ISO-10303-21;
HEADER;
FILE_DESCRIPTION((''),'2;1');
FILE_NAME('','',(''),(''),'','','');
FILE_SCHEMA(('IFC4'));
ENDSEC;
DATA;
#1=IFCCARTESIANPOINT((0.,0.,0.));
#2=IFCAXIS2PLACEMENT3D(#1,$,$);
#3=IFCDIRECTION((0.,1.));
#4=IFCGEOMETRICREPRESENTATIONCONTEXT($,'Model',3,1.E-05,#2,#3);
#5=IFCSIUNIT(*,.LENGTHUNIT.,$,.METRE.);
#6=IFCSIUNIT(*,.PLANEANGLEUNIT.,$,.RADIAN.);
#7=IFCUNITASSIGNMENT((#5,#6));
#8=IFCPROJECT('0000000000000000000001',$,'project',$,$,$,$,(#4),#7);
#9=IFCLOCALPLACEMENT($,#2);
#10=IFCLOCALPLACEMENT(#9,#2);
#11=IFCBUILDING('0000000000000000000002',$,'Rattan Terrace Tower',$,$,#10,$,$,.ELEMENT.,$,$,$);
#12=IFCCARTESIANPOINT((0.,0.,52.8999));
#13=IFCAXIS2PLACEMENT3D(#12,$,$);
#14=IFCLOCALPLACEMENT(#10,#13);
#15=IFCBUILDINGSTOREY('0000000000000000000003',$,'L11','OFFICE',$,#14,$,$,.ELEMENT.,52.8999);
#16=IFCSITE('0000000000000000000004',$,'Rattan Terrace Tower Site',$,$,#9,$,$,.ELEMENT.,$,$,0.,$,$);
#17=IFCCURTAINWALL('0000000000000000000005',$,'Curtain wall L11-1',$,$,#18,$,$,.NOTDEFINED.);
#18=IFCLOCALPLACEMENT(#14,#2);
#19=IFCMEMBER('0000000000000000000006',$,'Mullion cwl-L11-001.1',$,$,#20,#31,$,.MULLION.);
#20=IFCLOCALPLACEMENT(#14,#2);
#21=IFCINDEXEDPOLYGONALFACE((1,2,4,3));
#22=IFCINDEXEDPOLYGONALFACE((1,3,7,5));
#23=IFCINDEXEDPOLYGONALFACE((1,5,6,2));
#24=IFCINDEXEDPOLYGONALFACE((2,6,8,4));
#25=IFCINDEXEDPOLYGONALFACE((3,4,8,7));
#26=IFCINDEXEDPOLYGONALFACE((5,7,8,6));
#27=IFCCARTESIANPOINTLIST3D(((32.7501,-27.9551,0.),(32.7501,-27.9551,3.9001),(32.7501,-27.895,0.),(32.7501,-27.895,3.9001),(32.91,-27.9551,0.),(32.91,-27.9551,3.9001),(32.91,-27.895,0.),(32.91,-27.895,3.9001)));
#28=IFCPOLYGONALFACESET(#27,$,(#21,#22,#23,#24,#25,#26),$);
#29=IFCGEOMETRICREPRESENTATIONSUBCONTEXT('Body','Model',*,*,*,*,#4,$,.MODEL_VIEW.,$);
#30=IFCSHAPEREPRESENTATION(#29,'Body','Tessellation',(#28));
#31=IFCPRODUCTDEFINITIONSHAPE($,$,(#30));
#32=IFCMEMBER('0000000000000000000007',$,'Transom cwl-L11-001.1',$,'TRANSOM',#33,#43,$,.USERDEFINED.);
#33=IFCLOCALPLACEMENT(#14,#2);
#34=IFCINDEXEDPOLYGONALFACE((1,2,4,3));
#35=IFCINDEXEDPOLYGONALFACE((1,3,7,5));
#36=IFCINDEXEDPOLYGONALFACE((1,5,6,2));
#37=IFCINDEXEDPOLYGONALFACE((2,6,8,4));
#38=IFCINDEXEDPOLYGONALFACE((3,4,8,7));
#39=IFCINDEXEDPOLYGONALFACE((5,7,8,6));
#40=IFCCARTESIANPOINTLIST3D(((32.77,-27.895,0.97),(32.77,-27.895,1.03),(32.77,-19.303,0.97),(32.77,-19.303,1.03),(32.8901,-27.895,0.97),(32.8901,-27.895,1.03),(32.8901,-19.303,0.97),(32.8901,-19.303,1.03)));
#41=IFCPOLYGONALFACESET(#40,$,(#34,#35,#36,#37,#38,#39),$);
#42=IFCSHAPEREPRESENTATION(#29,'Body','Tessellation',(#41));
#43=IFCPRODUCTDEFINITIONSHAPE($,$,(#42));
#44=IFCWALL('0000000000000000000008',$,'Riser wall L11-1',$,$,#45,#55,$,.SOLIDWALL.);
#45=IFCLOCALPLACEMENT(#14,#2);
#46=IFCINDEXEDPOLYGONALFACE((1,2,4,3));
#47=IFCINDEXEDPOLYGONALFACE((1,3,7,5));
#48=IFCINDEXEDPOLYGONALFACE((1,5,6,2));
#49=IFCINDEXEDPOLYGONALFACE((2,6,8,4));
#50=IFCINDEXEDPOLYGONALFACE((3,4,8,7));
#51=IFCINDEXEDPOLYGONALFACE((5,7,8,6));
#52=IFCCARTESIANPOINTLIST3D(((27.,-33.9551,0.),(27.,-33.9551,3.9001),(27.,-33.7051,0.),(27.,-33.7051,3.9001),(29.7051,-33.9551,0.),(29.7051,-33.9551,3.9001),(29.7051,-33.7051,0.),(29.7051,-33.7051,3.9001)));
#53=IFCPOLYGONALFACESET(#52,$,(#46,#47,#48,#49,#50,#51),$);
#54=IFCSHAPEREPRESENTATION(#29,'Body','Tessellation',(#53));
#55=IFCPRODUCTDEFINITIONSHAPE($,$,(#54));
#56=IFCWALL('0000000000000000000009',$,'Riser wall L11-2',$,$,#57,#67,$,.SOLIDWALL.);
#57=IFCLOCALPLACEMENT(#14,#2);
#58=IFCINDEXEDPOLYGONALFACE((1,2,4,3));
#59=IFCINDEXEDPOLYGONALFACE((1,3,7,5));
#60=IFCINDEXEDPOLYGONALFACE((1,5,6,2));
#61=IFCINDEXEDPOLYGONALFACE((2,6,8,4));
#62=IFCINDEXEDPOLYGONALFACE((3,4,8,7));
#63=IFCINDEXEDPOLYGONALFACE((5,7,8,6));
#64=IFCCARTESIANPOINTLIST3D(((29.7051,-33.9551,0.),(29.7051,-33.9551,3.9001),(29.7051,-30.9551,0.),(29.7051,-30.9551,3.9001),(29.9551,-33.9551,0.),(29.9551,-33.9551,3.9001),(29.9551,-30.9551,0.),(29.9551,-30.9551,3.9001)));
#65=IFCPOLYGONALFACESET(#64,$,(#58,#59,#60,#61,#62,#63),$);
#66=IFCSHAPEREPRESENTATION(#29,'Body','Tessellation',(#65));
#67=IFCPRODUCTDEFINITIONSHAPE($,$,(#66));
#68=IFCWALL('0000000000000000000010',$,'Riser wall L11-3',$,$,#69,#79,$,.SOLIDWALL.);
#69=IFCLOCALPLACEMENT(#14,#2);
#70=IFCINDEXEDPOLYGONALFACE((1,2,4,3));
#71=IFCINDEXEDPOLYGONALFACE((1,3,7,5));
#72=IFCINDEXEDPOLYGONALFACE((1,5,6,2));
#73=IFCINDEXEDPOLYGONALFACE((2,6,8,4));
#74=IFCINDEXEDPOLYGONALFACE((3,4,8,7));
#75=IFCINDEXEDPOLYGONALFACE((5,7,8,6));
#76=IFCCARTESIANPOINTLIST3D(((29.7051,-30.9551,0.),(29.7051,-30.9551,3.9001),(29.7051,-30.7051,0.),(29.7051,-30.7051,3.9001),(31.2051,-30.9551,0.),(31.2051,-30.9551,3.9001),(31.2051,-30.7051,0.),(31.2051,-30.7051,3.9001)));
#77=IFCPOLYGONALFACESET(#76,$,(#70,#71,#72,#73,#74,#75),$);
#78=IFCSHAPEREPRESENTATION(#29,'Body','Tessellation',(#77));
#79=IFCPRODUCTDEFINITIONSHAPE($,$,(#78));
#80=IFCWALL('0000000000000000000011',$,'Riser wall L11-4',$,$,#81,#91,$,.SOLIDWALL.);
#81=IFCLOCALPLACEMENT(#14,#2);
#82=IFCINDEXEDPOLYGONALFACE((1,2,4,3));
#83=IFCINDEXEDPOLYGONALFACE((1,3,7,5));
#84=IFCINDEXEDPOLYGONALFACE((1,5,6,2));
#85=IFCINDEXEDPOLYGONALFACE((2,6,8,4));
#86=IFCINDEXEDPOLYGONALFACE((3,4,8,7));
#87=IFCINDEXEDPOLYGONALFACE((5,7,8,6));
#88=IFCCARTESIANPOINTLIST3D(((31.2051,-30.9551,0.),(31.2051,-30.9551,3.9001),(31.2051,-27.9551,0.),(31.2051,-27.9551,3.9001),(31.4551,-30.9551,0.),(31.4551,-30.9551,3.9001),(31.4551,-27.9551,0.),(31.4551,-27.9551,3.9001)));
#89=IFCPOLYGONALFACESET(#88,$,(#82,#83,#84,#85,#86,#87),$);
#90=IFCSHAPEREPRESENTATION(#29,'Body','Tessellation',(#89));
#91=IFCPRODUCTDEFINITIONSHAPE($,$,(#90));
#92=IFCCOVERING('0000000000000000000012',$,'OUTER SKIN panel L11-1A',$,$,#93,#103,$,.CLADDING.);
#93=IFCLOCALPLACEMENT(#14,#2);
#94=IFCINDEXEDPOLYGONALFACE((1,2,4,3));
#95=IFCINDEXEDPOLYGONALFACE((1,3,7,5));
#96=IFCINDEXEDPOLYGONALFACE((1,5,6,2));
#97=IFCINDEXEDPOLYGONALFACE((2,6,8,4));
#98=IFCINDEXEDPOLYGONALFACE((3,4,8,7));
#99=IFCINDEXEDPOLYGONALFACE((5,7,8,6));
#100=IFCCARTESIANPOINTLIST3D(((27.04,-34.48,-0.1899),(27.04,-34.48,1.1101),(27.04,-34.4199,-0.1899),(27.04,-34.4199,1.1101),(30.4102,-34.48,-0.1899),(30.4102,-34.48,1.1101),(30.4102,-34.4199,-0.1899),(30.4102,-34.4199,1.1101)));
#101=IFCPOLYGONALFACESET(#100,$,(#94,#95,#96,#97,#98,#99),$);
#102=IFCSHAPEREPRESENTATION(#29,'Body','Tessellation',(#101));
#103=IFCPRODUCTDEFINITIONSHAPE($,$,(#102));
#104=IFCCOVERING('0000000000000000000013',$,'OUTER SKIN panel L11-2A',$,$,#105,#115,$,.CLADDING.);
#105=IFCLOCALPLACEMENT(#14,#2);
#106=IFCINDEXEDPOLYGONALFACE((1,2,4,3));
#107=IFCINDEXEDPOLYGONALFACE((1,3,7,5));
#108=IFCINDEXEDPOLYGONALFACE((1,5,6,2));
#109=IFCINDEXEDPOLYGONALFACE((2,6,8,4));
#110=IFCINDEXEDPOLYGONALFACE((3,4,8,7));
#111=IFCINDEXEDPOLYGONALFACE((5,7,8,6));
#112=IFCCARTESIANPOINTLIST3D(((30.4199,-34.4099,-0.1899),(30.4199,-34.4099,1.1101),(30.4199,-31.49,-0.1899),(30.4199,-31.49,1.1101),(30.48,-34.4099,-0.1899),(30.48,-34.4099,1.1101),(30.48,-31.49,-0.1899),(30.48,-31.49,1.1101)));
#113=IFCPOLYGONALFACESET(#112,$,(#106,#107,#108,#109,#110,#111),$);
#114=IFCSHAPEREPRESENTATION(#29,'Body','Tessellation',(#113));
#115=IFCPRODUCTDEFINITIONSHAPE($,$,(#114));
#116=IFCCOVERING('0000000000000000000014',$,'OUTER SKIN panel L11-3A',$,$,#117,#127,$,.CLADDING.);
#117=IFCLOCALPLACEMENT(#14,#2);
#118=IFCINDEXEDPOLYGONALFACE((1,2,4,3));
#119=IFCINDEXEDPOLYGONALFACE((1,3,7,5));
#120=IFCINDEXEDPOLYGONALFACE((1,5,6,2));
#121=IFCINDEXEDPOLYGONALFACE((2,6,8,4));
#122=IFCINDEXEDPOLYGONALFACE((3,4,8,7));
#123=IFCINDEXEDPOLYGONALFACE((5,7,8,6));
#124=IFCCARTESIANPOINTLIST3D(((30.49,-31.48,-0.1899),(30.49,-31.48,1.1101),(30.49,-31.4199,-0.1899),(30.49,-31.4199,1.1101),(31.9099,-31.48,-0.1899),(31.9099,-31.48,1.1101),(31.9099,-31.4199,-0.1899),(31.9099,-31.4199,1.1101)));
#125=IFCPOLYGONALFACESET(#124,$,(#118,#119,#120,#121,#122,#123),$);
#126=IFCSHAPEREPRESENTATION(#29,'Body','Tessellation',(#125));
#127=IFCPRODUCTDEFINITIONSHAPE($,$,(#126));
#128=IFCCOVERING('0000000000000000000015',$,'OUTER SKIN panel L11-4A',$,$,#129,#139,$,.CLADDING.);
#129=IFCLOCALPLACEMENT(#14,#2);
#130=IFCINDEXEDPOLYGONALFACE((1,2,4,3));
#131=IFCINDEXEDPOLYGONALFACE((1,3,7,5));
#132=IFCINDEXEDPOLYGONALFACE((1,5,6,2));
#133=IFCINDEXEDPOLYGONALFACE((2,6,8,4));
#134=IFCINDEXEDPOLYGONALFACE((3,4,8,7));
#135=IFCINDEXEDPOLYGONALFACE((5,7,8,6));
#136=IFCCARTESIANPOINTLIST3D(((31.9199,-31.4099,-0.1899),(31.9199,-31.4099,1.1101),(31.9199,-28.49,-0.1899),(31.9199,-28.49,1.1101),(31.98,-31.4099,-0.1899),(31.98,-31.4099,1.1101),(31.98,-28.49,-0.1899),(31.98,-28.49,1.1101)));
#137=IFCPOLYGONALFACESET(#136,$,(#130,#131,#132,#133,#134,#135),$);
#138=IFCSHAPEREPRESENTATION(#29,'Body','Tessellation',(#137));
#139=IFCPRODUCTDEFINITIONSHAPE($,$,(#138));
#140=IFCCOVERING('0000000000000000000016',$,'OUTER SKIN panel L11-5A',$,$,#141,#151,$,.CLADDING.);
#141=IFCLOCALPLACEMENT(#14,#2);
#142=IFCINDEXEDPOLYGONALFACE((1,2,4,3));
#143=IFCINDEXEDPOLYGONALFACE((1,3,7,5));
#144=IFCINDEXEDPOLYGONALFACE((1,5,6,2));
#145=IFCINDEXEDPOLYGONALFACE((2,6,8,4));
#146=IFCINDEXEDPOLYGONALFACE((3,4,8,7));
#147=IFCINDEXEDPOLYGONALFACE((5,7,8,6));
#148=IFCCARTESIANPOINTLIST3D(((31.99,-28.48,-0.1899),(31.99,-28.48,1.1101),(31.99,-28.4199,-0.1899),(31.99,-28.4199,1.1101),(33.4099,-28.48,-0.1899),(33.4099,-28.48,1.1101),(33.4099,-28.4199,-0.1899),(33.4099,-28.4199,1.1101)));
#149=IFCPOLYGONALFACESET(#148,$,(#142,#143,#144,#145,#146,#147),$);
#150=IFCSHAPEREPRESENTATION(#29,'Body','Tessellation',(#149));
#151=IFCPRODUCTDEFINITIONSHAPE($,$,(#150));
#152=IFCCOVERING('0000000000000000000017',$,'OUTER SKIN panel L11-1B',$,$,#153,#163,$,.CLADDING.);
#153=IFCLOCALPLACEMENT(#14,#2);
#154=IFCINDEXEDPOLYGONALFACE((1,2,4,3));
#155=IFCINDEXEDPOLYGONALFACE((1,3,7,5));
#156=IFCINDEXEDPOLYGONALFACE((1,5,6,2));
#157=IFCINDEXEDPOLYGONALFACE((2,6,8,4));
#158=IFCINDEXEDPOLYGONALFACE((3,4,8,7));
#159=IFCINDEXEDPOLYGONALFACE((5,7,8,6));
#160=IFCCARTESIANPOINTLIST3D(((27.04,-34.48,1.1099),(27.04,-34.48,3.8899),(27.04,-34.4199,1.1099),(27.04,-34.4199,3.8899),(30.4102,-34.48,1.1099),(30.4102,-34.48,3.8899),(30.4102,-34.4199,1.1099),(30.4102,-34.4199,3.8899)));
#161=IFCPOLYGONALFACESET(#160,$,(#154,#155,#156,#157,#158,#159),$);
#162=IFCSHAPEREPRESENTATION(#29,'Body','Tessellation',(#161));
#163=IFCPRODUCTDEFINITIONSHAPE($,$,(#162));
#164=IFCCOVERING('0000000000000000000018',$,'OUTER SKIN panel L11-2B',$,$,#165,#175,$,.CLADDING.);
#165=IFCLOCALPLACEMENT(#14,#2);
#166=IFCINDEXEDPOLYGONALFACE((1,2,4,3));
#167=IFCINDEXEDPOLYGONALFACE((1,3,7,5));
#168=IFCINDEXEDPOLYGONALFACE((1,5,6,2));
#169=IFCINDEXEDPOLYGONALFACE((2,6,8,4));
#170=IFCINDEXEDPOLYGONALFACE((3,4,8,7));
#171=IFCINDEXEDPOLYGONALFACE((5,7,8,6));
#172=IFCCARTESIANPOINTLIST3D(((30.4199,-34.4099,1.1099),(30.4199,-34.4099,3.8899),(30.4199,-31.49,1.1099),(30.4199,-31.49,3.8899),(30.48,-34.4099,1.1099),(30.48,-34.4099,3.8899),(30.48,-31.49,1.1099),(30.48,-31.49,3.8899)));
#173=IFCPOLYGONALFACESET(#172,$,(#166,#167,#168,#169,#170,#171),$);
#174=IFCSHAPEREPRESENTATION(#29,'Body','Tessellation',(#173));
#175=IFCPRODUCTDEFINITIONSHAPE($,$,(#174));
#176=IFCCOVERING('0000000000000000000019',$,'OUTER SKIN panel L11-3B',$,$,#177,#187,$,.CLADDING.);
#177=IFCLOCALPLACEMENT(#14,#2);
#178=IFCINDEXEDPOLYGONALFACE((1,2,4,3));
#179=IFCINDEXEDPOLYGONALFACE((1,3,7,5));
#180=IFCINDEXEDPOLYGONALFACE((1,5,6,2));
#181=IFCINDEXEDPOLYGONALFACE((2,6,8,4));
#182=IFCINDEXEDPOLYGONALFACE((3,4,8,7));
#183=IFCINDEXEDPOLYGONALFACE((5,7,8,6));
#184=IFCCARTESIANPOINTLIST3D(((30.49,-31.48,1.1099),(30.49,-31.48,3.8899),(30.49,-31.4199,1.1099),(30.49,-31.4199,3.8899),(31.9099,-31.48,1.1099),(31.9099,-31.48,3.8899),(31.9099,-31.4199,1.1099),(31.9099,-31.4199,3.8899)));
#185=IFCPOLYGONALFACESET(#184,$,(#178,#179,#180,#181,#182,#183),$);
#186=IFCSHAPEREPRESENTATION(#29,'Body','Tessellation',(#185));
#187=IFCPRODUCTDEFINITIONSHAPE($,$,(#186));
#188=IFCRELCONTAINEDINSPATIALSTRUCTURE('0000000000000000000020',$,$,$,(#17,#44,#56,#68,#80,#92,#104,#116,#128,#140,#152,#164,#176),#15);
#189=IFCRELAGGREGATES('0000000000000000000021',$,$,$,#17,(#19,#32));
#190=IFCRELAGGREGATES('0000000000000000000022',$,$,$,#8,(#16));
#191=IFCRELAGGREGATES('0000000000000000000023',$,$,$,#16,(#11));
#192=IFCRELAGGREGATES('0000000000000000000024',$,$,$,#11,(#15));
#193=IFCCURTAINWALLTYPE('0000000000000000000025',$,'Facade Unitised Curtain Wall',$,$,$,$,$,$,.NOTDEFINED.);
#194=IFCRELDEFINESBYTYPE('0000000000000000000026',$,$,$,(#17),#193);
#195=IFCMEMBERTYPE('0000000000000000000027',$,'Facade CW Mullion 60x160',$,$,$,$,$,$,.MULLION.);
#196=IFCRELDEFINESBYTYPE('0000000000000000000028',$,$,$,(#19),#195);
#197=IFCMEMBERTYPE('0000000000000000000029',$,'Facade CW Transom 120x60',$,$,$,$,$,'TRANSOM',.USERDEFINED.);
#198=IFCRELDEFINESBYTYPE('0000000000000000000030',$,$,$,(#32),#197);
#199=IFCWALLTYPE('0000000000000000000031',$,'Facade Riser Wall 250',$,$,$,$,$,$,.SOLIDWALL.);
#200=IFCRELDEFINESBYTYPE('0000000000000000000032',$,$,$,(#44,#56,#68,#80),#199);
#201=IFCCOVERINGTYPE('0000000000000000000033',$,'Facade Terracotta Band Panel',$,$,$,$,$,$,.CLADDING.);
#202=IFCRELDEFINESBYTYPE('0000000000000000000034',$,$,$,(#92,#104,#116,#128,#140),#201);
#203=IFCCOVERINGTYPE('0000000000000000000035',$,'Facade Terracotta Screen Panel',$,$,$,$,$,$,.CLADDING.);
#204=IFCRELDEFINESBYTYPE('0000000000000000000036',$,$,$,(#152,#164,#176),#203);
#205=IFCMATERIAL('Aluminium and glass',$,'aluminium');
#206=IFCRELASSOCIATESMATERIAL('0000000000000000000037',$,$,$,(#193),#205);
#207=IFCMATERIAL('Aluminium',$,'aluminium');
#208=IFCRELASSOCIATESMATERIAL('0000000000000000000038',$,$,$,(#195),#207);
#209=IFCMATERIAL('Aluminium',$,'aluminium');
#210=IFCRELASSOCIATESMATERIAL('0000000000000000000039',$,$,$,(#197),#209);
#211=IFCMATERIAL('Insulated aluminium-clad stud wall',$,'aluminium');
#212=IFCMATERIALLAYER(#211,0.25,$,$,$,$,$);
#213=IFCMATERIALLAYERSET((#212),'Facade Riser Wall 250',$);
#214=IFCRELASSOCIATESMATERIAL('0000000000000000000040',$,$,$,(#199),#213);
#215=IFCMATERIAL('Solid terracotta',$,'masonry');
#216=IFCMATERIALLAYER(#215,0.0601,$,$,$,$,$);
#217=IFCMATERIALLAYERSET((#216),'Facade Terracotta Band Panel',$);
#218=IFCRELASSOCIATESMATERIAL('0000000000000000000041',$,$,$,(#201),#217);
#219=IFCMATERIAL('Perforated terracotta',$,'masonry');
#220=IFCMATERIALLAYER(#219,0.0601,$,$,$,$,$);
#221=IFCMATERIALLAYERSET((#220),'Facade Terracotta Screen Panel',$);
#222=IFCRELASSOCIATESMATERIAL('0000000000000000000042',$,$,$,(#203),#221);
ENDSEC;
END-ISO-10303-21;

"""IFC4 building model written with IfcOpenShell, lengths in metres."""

from ifc_helpers import new_model, si_unit, direction, frame, frame_2d, origin, origin_2d, place, context, subcontext, project, spatial, rectangle, extrude, material, layer, layer_set, material_profile, profile_set, type_object, element, aggregate, save


model = new_model("IFC4")

# Units and contexts
model_context = context("Model", 3, precision=1e-05, world=origin(), true_north=direction((0.0, 1.0)))
body_context = subcontext(model_context, "Body", "Model", "MODEL_VIEW")
ifc_project = project(units=[si_unit("LENGTHUNIT", "METRE"), si_unit("PLANEANGLEUNIT", "RADIAN")], contexts=[model_context])

# Site, building, storey
site_placement = place(None, origin())
site = spatial("IfcSite", under=ifc_project, at=site_placement, Name="Rattan Terrace Tower Site", CompositionType="ELEMENT", RefElevation=0.0)
building_placement = place(site_placement, origin())
building = spatial("IfcBuilding", under=site, at=building_placement, Name="Rattan Terrace Tower", CompositionType="ELEMENT")
storey_placement = place(building_placement, frame((0.0, 0.0, 52.8999)))
storey = spatial("IfcBuildingStorey", under=building, at=storey_placement, Name="L11", Description="OFFICE", CompositionType="ELEMENT", Elevation=52.8999)

# Curtain wall, members
ifc_material_1 = material(Name="Aluminium and glass", Category="aluminium")
curtain_wall_type = type_object("IfcCurtainWallType", Name="Facade Unitised Curtain Wall", PredefinedType="NOTDEFINED", material=ifc_material_1)
curtain_wall_placement = place(storey_placement, origin())
curtain_wall = element("IfcCurtainWall", 1, at=curtain_wall_placement, inside=storey, type_object=curtain_wall_type, Name="Curtain wall L11-1", PredefinedType="NOTDEFINED")
ifc_material_2 = material(Name="Aluminium", Category="aluminium")
ifc_material_profile_1 = material_profile(ifc_material_2, rectangle(XDim=0.0601, YDim=0.1599, at=origin_2d()), Name="Aluminium 60x160")
ifc_profile_set_1 = profile_set([ifc_material_profile_1], Name="Aluminium")
member_type_1 = type_object("IfcMemberType", Name="Facade CW Mullion 60x160", PredefinedType="MULLION", material=ifc_profile_set_1)
member_1_placement = place(storey_placement, frame((32.8301, -27.925, 0.0), z_axis=(0.0, 0.0, 1.0), x_axis=(0.0, 1.0, 0.0)))
member_1 = element("IfcMember", 2, at=member_1_placement, type_object=member_type_1, Name="Mullion cwl-L11-001.1", PredefinedType="MULLION", context=body_context, shape_type="SweptSolid", body=[
    extrude(rectangle(XDim=0.0601, YDim=0.1599, at=origin_2d()), origin(), (0.0, 0.0, 1.0), 3.9001),
])
ifc_material_3 = material(Name="Aluminium", Category="aluminium")
ifc_material_profile_2 = material_profile(ifc_material_3, rectangle(XDim=0.1201, YDim=0.0601, at=origin_2d()), Name="Aluminium 120x60")
ifc_profile_set_2 = profile_set([ifc_material_profile_2], Name="Aluminium")
member_type_2 = type_object("IfcMemberType", Name="Facade CW Transom 120x60", ElementType="TRANSOM", PredefinedType="USERDEFINED", material=ifc_profile_set_2)
member_2_placement = place(storey_placement, frame((32.8301, -27.895, 1.0), z_axis=(0.0, 1.0, 0.0), x_axis=(-1.0, 0.0, 0.0)))
member_2 = element("IfcMember", 3, at=member_2_placement, type_object=member_type_2, Name="Transom cwl-L11-001.1", ObjectType="TRANSOM", PredefinedType="USERDEFINED", context=body_context, shape_type="SweptSolid", body=[
    extrude(rectangle(XDim=0.1201, YDim=0.0601, at=origin_2d()), origin(), (0.0, 0.0, 1.0), 8.592),
])
aggregate(curtain_wall, [member_1, member_2])

# Walls
ifc_material_4 = material(Name="Insulated aluminium-clad stud wall", Category="aluminium")
ifc_layer_1 = layer(ifc_material_4, 0.25)
ifc_layer_set_1 = layer_set([ifc_layer_1], Name="Facade Riser Wall 250")
wall_type = type_object("IfcWallType", Name="Facade Riser Wall 250", PredefinedType="SOLIDWALL", material=ifc_layer_set_1)
wall_1_placement = place(storey_placement, frame((27.0, -33.8301, 0.0), z_axis=(0.0, 0.0, 1.0), x_axis=(1.0, 0.0, 0.0)))
element("IfcWall", 4, at=wall_1_placement, inside=storey, type_object=wall_type, Name="Riser wall L11-1", PredefinedType="SOLIDWALL", context=body_context, shape_type="SweptSolid", body=[
    extrude(rectangle(XDim=2.7051, YDim=0.25, at=frame_2d((1.3525, 0.0))), origin(), (0.0, 0.0, 1.0), 3.9001),
])
wall_2_placement = place(storey_placement, frame((29.8301, -33.9551, 0.0), z_axis=(0.0, 0.0, 1.0), x_axis=(0.0, 1.0, 0.0)))
element("IfcWall", 5, at=wall_2_placement, inside=storey, type_object=wall_type, Name="Riser wall L11-2", PredefinedType="SOLIDWALL", context=body_context, shape_type="SweptSolid", body=[
    extrude(rectangle(XDim=3.0, YDim=0.25, at=frame_2d((1.5, 0.0))), origin(), (0.0, 0.0, 1.0), 3.9001),
])
wall_3_placement = place(storey_placement, frame((29.7051, -30.8301, 0.0), z_axis=(0.0, 0.0, 1.0), x_axis=(1.0, 0.0, 0.0)))
element("IfcWall", 6, at=wall_3_placement, inside=storey, type_object=wall_type, Name="Riser wall L11-3", PredefinedType="SOLIDWALL", context=body_context, shape_type="SweptSolid", body=[
    extrude(rectangle(XDim=1.5, YDim=0.25, at=frame_2d((0.75, 0.0))), origin(), (0.0, 0.0, 1.0), 3.9001),
])
wall_4_placement = place(storey_placement, frame((31.3301, -30.9551, 0.0), z_axis=(0.0, 0.0, 1.0), x_axis=(0.0, 1.0, 0.0)))
element("IfcWall", 7, at=wall_4_placement, inside=storey, type_object=wall_type, Name="Riser wall L11-4", PredefinedType="SOLIDWALL", context=body_context, shape_type="SweptSolid", body=[
    extrude(rectangle(XDim=3.0, YDim=0.25, at=frame_2d((1.5, 0.0))), origin(), (0.0, 0.0, 1.0), 3.9001),
])

# Coverings
ifc_material_5 = material(Name="Solid terracotta", Category="masonry")
ifc_layer_2 = layer(ifc_material_5, 0.0601)
ifc_layer_set_2 = layer_set([ifc_layer_2], Name="Facade Terracotta Band Panel")
covering_type_1 = type_object("IfcCoveringType", Name="Facade Terracotta Band Panel", PredefinedType="CLADDING", material=ifc_layer_set_2)
covering_1_placement = place(storey_placement, frame((28.7251, -34.45, -0.1899), z_axis=(0.0, 0.0, 1.0), x_axis=(1.0, 0.0, 0.0)))
element("IfcCovering", 8, at=covering_1_placement, inside=storey, type_object=covering_type_1, Name="OUTER SKIN panel L11-1A", PredefinedType="CLADDING", context=body_context, shape_type="SweptSolid", body=[
    extrude(rectangle(XDim=3.3701, YDim=0.0601, at=origin_2d()), origin(), (0.0, 0.0, 1.0), 1.3),
])
covering_2_placement = place(storey_placement, frame((30.45, -32.95, -0.1899), z_axis=(0.0, 0.0, 1.0), x_axis=(0.0, 1.0, 0.0)))
element("IfcCovering", 9, at=covering_2_placement, inside=storey, type_object=covering_type_1, Name="OUTER SKIN panel L11-2A", PredefinedType="CLADDING", context=body_context, shape_type="SweptSolid", body=[
    extrude(rectangle(XDim=2.9199, YDim=0.0601, at=origin_2d()), origin(), (0.0, 0.0, 1.0), 1.3),
])
covering_3_placement = place(storey_placement, frame((31.2, -31.45, -0.1899), z_axis=(0.0, 0.0, 1.0), x_axis=(1.0, 0.0, 0.0)))
element("IfcCovering", 10, at=covering_3_placement, inside=storey, type_object=covering_type_1, Name="OUTER SKIN panel L11-3A", PredefinedType="CLADDING", context=body_context, shape_type="SweptSolid", body=[
    extrude(rectangle(XDim=1.4199, YDim=0.0601, at=origin_2d()), origin(), (0.0, 0.0, 1.0), 1.3),
])
covering_4_placement = place(storey_placement, frame((31.95, -29.95, -0.1899), z_axis=(0.0, 0.0, 1.0), x_axis=(0.0, 1.0, 0.0)))
element("IfcCovering", 11, at=covering_4_placement, inside=storey, type_object=covering_type_1, Name="OUTER SKIN panel L11-4A", PredefinedType="CLADDING", context=body_context, shape_type="SweptSolid", body=[
    extrude(rectangle(XDim=2.9199, YDim=0.0601, at=origin_2d()), origin(), (0.0, 0.0, 1.0), 1.3),
])
covering_5_placement = place(storey_placement, frame((32.7, -28.45, -0.1899), z_axis=(0.0, 0.0, 1.0), x_axis=(1.0, 0.0, 0.0)))
element("IfcCovering", 12, at=covering_5_placement, inside=storey, type_object=covering_type_1, Name="OUTER SKIN panel L11-5A", PredefinedType="CLADDING", context=body_context, shape_type="SweptSolid", body=[
    extrude(rectangle(XDim=1.4199, YDim=0.0601, at=origin_2d()), origin(), (0.0, 0.0, 1.0), 1.3),
])
ifc_material_6 = material(Name="Perforated terracotta", Category="masonry")
ifc_layer_3 = layer(ifc_material_6, 0.0601)
ifc_layer_set_3 = layer_set([ifc_layer_3], Name="Facade Terracotta Screen Panel")
covering_type_2 = type_object("IfcCoveringType", Name="Facade Terracotta Screen Panel", PredefinedType="CLADDING", material=ifc_layer_set_3)
covering_6_placement = place(storey_placement, frame((28.7251, -34.45, 1.1099), z_axis=(0.0, 0.0, 1.0), x_axis=(1.0, 0.0, 0.0)))
element("IfcCovering", 13, at=covering_6_placement, inside=storey, type_object=covering_type_2, Name="OUTER SKIN panel L11-1B", PredefinedType="CLADDING", context=body_context, shape_type="SweptSolid", body=[
    extrude(rectangle(XDim=3.3701, YDim=0.0601, at=origin_2d()), origin(), (0.0, 0.0, 1.0), 2.78),
])
covering_7_placement = place(storey_placement, frame((30.45, -32.95, 1.1099), z_axis=(0.0, 0.0, 1.0), x_axis=(0.0, 1.0, 0.0)))
element("IfcCovering", 14, at=covering_7_placement, inside=storey, type_object=covering_type_2, Name="OUTER SKIN panel L11-2B", PredefinedType="CLADDING", context=body_context, shape_type="SweptSolid", body=[
    extrude(rectangle(XDim=2.9199, YDim=0.0601, at=origin_2d()), origin(), (0.0, 0.0, 1.0), 2.78),
])
covering_8_placement = place(storey_placement, frame((31.2, -31.45, 1.1099), z_axis=(0.0, 0.0, 1.0), x_axis=(1.0, 0.0, 0.0)))
element("IfcCovering", 15, at=covering_8_placement, inside=storey, type_object=covering_type_2, Name="OUTER SKIN panel L11-3B", PredefinedType="CLADDING", context=body_context, shape_type="SweptSolid", body=[
    extrude(rectangle(XDim=1.4199, YDim=0.0601, at=origin_2d()), origin(), (0.0, 0.0, 1.0), 2.78),
])

save(model, "model.ifc")
